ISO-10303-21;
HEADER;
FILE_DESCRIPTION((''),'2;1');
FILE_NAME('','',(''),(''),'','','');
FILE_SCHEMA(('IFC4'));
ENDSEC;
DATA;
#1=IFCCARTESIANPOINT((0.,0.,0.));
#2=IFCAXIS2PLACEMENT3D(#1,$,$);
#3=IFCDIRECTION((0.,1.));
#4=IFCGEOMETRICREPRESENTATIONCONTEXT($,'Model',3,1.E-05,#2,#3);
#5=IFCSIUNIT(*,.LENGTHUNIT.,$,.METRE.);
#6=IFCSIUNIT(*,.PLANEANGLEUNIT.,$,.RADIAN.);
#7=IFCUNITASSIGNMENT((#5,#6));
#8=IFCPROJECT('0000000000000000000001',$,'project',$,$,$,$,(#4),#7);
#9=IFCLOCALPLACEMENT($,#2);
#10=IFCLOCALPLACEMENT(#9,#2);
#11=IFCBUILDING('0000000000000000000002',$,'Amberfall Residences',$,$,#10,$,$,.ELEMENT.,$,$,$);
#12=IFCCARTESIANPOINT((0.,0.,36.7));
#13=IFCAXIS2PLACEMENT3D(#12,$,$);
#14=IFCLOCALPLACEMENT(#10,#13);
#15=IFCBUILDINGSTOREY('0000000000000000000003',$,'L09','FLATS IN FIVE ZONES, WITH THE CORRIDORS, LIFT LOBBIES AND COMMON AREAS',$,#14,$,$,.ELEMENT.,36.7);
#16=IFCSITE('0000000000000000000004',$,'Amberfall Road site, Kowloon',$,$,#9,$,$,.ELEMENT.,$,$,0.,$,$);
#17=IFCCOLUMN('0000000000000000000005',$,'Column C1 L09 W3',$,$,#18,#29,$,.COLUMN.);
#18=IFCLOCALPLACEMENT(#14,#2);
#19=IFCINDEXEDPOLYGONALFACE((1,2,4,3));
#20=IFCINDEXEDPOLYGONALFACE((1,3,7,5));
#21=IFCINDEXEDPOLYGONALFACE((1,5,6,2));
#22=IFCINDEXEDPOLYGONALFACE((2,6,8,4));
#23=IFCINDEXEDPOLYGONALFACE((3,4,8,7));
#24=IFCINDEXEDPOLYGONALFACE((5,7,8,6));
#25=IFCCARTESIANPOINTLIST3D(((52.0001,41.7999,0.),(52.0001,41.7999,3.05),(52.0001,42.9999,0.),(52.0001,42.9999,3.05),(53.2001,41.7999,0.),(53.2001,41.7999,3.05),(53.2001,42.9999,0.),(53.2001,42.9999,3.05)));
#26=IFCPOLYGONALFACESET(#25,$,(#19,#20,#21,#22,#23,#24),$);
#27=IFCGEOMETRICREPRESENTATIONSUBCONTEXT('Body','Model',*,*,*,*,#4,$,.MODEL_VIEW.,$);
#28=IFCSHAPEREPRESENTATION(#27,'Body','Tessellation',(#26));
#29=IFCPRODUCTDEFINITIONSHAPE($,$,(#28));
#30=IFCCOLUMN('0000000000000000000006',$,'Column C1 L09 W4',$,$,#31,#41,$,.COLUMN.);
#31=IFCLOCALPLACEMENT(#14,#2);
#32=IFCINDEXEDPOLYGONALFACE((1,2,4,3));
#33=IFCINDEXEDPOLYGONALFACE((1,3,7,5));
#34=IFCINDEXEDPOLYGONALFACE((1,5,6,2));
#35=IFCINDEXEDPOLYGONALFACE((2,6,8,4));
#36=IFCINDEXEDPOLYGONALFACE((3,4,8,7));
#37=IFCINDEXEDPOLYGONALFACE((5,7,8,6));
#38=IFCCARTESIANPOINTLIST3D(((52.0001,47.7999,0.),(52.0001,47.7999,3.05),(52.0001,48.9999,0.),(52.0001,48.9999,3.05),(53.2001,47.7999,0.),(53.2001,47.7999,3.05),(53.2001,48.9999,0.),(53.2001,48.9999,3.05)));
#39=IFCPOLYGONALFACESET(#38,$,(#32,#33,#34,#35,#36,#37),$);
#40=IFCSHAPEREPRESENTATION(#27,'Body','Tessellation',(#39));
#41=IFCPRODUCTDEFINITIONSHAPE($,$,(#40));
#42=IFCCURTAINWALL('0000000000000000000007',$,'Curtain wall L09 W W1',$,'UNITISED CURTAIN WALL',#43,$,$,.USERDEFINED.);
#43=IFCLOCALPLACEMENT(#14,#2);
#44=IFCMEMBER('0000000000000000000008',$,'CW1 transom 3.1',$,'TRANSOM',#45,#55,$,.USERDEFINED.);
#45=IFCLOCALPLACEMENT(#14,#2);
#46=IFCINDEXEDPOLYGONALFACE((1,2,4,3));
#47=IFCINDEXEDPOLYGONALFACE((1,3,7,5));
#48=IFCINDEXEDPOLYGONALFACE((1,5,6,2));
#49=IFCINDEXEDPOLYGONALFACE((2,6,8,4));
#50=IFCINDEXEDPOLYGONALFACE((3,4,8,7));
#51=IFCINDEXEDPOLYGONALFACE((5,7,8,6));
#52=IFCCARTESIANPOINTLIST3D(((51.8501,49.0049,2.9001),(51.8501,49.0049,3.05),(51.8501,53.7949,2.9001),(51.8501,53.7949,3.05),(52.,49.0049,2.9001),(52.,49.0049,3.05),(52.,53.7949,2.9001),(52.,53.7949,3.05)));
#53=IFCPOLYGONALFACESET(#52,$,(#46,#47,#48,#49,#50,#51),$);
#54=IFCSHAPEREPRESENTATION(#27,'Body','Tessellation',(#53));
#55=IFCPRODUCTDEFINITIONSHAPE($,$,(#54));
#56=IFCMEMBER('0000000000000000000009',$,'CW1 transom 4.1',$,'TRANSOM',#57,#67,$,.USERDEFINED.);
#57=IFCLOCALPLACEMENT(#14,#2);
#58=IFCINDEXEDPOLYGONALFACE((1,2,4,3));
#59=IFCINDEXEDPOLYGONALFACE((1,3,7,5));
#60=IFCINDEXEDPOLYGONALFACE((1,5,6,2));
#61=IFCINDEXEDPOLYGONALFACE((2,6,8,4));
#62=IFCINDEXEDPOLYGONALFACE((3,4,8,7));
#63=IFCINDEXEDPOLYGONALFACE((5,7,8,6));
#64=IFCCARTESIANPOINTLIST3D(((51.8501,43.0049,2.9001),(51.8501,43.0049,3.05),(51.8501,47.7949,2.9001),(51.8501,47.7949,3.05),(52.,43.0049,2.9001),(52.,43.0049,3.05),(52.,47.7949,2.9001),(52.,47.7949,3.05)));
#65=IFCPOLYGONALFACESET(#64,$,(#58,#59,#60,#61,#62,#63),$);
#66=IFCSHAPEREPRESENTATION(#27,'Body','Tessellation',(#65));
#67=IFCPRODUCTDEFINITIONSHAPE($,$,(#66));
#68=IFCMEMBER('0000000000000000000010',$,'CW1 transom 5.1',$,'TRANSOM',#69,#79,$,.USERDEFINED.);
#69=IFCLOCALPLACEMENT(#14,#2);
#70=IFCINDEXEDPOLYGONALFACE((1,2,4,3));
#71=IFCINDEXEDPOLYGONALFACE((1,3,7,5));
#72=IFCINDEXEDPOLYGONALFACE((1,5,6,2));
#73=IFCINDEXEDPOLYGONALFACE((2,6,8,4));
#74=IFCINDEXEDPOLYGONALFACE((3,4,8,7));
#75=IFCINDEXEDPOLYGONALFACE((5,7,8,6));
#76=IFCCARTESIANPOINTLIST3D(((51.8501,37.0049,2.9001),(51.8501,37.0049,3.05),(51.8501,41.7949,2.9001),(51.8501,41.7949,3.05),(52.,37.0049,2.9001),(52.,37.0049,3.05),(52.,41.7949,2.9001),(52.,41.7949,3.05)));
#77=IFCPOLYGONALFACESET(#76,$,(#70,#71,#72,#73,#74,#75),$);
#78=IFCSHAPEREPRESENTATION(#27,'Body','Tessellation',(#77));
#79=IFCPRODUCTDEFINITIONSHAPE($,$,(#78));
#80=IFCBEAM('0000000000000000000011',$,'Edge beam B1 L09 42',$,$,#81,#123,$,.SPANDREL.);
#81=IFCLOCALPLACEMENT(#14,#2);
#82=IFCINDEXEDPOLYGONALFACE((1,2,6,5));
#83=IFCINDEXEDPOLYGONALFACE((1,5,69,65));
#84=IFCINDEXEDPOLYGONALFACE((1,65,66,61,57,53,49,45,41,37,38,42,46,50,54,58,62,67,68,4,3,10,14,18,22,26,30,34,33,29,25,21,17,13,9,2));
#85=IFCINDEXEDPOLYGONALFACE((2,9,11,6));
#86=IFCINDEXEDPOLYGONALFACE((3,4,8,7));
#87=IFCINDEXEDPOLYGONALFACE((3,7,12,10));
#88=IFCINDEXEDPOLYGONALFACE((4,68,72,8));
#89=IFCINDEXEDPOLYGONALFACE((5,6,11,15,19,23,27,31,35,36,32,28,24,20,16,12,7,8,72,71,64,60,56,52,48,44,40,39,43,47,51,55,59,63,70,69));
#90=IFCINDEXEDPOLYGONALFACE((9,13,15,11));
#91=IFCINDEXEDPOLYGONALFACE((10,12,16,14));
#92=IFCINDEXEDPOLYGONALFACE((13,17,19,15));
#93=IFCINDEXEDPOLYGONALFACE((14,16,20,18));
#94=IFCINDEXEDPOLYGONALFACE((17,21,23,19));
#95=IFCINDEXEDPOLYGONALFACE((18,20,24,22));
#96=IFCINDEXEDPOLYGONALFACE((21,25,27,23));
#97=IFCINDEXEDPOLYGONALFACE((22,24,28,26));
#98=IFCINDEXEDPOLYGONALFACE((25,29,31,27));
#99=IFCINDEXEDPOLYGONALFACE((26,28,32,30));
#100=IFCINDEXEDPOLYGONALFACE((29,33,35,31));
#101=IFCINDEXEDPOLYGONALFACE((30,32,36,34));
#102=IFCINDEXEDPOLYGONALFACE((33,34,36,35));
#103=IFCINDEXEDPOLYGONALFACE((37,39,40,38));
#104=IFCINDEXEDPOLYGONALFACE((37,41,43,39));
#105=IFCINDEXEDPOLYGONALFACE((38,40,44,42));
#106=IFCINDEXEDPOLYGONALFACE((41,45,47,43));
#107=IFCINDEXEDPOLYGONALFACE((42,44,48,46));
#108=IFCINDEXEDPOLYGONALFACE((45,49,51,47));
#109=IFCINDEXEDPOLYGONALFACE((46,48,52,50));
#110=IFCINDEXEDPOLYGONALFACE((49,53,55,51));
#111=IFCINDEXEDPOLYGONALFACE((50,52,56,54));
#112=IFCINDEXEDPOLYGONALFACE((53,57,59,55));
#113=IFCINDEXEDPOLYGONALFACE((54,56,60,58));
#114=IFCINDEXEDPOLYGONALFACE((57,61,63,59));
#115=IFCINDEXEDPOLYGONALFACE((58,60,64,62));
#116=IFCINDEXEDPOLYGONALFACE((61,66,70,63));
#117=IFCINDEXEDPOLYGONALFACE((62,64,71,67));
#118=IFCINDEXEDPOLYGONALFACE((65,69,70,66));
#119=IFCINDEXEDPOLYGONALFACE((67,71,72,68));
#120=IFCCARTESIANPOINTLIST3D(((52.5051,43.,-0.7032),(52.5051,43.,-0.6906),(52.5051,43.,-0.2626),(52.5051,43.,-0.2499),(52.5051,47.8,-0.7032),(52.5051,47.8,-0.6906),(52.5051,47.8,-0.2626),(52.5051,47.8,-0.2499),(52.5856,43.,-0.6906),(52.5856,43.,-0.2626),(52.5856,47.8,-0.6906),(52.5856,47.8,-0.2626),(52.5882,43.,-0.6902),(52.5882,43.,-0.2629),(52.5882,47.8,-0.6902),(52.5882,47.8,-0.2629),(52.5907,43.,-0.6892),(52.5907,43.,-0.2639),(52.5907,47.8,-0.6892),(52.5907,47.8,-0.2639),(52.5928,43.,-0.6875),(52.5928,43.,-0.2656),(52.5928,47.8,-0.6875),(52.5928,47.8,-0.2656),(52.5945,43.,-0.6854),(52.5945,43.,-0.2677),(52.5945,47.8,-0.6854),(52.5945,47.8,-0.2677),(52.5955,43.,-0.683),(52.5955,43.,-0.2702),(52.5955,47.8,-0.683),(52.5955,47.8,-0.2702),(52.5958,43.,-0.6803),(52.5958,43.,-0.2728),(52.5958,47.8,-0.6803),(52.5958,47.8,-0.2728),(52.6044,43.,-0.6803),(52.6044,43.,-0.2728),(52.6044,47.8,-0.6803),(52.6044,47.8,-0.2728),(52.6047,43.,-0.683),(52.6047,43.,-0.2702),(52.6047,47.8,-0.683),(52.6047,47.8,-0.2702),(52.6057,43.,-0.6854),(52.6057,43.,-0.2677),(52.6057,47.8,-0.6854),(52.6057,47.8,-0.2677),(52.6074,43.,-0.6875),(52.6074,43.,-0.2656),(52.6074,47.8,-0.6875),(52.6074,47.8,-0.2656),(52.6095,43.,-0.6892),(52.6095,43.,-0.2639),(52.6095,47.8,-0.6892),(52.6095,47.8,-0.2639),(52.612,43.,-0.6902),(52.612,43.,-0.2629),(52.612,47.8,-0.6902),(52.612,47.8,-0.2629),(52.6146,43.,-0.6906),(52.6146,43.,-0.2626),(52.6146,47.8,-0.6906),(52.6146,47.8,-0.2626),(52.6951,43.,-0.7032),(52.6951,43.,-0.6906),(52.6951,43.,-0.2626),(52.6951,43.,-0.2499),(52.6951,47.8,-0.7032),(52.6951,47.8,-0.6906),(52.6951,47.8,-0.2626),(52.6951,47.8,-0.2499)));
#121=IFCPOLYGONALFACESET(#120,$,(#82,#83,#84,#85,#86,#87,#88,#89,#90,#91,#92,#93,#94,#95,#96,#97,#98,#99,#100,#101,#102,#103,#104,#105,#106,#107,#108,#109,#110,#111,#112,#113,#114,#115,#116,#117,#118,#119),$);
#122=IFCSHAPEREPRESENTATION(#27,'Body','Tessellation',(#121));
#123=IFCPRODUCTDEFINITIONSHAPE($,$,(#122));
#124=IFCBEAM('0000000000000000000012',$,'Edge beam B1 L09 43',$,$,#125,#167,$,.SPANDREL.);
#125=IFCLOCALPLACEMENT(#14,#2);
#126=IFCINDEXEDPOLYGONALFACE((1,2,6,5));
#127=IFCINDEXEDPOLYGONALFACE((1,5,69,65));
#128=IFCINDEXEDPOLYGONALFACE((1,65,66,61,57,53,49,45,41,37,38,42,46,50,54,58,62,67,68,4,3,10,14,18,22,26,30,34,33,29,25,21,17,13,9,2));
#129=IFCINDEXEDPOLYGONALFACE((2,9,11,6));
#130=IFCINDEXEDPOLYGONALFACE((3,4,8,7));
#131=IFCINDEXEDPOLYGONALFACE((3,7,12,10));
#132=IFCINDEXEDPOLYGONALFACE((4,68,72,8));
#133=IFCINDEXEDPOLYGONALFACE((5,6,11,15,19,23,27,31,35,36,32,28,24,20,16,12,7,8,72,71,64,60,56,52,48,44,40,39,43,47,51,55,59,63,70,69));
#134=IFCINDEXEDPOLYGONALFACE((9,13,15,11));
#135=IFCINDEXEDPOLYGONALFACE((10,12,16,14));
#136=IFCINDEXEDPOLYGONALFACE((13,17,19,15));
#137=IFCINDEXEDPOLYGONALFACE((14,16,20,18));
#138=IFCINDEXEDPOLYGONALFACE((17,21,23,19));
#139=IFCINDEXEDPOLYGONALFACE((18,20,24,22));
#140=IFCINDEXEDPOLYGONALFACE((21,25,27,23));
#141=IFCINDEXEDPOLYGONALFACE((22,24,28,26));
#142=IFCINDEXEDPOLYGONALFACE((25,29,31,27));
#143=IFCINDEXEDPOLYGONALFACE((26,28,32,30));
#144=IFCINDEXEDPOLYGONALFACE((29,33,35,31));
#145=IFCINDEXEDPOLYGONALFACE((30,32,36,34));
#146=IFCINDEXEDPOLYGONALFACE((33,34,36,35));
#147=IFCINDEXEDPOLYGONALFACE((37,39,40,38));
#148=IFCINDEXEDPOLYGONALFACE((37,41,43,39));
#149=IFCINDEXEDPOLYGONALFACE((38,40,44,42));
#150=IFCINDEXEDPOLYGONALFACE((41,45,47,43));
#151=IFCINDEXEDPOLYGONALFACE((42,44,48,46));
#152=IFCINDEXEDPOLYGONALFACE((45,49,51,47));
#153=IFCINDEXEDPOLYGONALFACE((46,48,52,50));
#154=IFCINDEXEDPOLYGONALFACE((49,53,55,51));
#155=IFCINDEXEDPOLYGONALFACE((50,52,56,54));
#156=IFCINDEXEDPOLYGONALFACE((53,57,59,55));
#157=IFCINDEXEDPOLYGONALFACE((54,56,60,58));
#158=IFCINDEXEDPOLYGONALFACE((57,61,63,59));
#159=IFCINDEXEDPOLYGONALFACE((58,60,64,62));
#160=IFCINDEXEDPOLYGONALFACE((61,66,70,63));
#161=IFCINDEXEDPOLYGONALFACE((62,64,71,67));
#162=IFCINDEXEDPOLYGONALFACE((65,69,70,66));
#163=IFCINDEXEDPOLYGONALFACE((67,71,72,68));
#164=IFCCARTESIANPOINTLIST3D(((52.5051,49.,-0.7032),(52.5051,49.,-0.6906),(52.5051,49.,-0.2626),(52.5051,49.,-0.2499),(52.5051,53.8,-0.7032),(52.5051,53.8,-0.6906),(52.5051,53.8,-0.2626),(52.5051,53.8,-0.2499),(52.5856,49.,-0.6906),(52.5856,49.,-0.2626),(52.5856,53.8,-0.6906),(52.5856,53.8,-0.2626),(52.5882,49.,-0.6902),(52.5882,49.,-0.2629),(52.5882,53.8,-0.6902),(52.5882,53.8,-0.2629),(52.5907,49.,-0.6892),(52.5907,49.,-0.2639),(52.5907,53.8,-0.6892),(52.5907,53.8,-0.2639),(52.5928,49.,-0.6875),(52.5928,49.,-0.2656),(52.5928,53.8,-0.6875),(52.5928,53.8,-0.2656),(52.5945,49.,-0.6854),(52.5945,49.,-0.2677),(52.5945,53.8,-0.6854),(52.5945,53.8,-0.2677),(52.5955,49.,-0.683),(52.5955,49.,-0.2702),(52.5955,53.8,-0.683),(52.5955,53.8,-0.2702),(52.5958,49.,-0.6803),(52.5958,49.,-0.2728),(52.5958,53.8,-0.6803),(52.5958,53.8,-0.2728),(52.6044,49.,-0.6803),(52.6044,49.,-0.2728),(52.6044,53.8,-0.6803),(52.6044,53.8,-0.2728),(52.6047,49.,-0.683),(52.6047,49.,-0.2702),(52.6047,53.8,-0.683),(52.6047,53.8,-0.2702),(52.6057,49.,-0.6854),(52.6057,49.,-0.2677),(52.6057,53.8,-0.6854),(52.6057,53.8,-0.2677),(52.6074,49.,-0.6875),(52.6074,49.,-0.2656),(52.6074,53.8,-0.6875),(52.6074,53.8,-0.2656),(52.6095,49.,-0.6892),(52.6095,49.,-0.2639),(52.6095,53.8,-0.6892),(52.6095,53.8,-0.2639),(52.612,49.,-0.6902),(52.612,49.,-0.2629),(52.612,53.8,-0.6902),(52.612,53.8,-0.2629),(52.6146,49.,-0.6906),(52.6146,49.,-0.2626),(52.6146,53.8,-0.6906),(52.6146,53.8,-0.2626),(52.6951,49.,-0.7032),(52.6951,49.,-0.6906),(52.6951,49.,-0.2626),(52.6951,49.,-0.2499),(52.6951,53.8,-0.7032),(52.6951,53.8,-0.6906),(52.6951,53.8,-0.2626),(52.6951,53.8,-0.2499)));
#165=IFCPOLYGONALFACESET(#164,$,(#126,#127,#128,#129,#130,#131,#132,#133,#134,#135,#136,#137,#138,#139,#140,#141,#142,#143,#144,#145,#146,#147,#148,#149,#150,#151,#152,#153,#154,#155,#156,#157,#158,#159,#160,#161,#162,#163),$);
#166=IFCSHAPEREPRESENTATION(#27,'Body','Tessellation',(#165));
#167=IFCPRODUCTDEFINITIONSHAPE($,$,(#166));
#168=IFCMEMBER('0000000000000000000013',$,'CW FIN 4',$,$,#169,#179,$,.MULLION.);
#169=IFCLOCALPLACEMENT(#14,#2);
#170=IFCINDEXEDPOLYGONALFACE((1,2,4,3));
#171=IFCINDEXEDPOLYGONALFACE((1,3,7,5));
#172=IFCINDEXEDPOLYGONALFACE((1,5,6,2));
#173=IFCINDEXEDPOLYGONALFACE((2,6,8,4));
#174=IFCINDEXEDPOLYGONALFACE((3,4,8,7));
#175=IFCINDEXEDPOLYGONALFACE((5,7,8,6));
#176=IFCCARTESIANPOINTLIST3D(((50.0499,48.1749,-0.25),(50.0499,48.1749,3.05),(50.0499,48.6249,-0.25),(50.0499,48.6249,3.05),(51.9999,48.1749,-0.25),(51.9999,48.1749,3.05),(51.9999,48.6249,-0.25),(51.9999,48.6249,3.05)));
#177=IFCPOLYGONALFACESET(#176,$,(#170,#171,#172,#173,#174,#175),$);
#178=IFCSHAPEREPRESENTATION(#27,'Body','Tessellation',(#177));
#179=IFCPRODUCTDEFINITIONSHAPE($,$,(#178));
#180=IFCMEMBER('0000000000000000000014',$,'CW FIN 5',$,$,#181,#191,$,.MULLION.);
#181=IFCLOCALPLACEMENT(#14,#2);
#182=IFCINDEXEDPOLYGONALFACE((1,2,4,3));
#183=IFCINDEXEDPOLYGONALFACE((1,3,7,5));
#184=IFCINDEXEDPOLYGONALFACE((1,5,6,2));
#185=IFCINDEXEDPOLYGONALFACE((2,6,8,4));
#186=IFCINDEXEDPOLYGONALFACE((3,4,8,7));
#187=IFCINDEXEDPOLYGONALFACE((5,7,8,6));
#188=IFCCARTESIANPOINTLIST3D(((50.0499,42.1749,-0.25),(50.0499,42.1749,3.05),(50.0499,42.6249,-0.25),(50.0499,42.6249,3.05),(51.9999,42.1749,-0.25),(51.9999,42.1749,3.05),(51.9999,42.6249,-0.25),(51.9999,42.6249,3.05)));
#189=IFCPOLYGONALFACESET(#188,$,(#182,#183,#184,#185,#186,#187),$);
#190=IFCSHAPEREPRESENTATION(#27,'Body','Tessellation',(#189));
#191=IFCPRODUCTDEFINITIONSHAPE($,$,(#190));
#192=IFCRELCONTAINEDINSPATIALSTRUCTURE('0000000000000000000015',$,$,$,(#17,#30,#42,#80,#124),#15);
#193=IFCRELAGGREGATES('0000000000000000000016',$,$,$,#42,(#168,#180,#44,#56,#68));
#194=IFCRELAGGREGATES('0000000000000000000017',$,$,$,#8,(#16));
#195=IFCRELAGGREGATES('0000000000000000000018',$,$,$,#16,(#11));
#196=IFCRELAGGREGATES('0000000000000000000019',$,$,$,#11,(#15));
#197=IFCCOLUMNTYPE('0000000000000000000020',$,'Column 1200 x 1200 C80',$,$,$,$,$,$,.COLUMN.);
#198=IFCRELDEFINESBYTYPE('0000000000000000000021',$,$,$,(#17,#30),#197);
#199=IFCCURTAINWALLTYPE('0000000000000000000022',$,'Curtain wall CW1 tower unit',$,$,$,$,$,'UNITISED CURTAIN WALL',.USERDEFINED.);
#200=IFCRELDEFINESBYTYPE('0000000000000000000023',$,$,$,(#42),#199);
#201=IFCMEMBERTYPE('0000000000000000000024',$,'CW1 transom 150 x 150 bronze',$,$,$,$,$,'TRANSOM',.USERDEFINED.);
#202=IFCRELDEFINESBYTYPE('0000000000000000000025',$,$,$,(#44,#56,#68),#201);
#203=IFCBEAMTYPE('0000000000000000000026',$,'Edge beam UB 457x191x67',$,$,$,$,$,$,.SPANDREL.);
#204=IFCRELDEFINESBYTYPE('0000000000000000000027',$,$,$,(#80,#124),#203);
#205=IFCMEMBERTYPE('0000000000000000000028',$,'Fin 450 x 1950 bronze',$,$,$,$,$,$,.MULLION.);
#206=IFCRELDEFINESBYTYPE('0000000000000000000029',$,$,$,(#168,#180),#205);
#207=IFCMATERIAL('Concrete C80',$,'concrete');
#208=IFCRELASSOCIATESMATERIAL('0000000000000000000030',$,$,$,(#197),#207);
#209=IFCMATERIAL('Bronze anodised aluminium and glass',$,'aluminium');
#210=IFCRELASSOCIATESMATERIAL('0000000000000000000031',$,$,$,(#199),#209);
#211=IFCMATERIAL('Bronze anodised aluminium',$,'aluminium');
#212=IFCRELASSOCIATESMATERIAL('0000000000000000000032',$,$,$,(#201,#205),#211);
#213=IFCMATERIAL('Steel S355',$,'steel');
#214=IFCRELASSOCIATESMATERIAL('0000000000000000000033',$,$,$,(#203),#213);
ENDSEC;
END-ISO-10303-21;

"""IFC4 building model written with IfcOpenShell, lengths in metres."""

from ifc_helpers import new_model, si_unit, direction, frame, origin, origin_2d, place, context, subcontext, project, spatial, rectangle, i_section, extrude, material, material_profile, profile_set, type_object, element, aggregate, save


model = new_model("IFC4")

# Units and contexts
model_context = context("Model", 3, precision=1e-05, world=origin(), true_north=direction((0.0, 1.0)))
body_context = subcontext(model_context, "Body", "Model", "MODEL_VIEW")
ifc_project = project(units=[si_unit("LENGTHUNIT", "METRE"), si_unit("PLANEANGLEUNIT", "RADIAN")], contexts=[model_context])

# Site, building, storey
site_placement = place(None, origin())
site = spatial("IfcSite", under=ifc_project, at=site_placement, Name="Amberfall Road site, Kowloon", CompositionType="ELEMENT", RefElevation=0.0)
building_placement = place(site_placement, origin())
building = spatial("IfcBuilding", under=site, at=building_placement, Name="Amberfall Residences", CompositionType="ELEMENT")
storey_placement = place(building_placement, frame((0.0, 0.0, 36.7)))
storey = spatial("IfcBuildingStorey", under=building, at=storey_placement, Name="L09", Description="FLATS IN FIVE ZONES, WITH THE CORRIDORS, LIFT LOBBIES AND COMMON AREAS", CompositionType="ELEMENT", Elevation=36.7)

# Columns
ifc_material_1 = material(Name="Concrete C80", Category="concrete")
ifc_material_profile_1 = material_profile(ifc_material_1, rectangle(XDim=1.2, YDim=1.2, at=origin_2d()), Name="Column 1200 x 1200 C80")
ifc_profile_set_1 = profile_set([ifc_material_profile_1], Name="Concrete C80")
column_type = type_object("IfcColumnType", Name="Column 1200 x 1200 C80", PredefinedType="COLUMN", material=ifc_profile_set_1)
for number, where, z_axis, x_axis, name in (
    (1, (52.6001, 42.3999, 0.0), (0.0, 0.0, 1.0), (1.0, 0.0, 0.0), "Column C1 L09 W3"),
    (2, (52.6001, 48.3999, 0.0), (0.0, 0.0, 1.0), (1.0, 0.0, 0.0), "Column C1 L09 W4"),
):
    element("IfcColumn", number, at=place(storey_placement, frame(where, z_axis=z_axis, x_axis=x_axis)), inside=storey, type_object=column_type, Name=name, PredefinedType="COLUMN", context=body_context, shape_type="SweptSolid", body=[
        extrude(rectangle(XDim=1.2, YDim=1.2, at=origin_2d()), origin(), (0.0, 0.0, 1.0), 3.05),
    ])

# Curtain wall, members
ifc_material_2 = material(Name="Bronze anodised aluminium and glass", Category="aluminium")
curtain_wall_type = type_object("IfcCurtainWallType", Name="Curtain wall CW1 tower unit", ElementType="UNITISED CURTAIN WALL", PredefinedType="USERDEFINED", material=ifc_material_2)
curtain_wall_placement = place(storey_placement, origin())
curtain_wall = element("IfcCurtainWall", 3, at=curtain_wall_placement, inside=storey, type_object=curtain_wall_type, Name="Curtain wall L09 W W1", ObjectType="UNITISED CURTAIN WALL", PredefinedType="USERDEFINED")
ifc_material_3 = material(Name="Bronze anodised aluminium", Category="aluminium")
ifc_material_profile_2 = material_profile(ifc_material_3, rectangle(XDim=0.1499, YDim=0.1499, at=origin_2d()), Name="CW1 transom 150 x 150 bronze")
ifc_profile_set_2 = profile_set([ifc_material_profile_2], Name="Bronze anodised aluminium")
member_type_1 = type_object("IfcMemberType", Name="CW1 transom 150 x 150 bronze", ElementType="TRANSOM", PredefinedType="USERDEFINED", material=ifc_profile_set_2)
member_1_placement = place(storey_placement, frame((51.925, 53.7949, 2.9751), z_axis=(0.0, -1.0, 0.0), x_axis=(1.0, 0.0, 0.0)))
member_1 = element("IfcMember", 4, at=member_1_placement, type_object=member_type_1, Name="CW1 transom 3.1", ObjectType="TRANSOM", PredefinedType="USERDEFINED", context=body_context, shape_type="SweptSolid", body=[
    extrude(rectangle(XDim=0.1499, YDim=0.1499, at=origin_2d()), origin(), (0.0, 0.0, 1.0), 4.79),
])
member_2_placement = place(storey_placement, frame((51.925, 47.7949, 2.9751), z_axis=(0.0, -1.0, 0.0), x_axis=(1.0, 0.0, 0.0)))
member_2 = element("IfcMember", 5, at=member_2_placement, type_object=member_type_1, Name="CW1 transom 4.1", ObjectType="TRANSOM", PredefinedType="USERDEFINED", context=body_context, shape_type="SweptSolid", body=[
    extrude(rectangle(XDim=0.1499, YDim=0.1499, at=origin_2d()), origin(), (0.0, 0.0, 1.0), 4.79),
])
member_3_placement = place(storey_placement, frame((51.925, 41.7949, 2.9751), z_axis=(0.0, -1.0, 0.0), x_axis=(1.0, 0.0, 0.0)))
member_3 = element("IfcMember", 6, at=member_3_placement, type_object=member_type_1, Name="CW1 transom 5.1", ObjectType="TRANSOM", PredefinedType="USERDEFINED", context=body_context, shape_type="SweptSolid", body=[
    extrude(rectangle(XDim=0.1499, YDim=0.1499, at=origin_2d()), origin(), (0.0, 0.0, 1.0), 4.79),
])

# Beams
ifc_material_4 = material(Name="Steel S355", Category="steel")
ifc_material_profile_3 = material_profile(ifc_material_4, i_section(OverallWidth=0.1899, OverallDepth=0.4534, WebThickness=0.0085, FlangeThickness=0.0127, FilletRadius=0.0103, at=origin_2d()), Name="UB 457x191x67")
ifc_profile_set_3 = profile_set([ifc_material_profile_3], Name="Steel S355")
beam_type_1 = type_object("IfcBeamType", Name="Edge beam UB 457x191x67", PredefinedType="SPANDREL", material=ifc_profile_set_3)
for number, where, z_axis, x_axis, name in (
    (7, (52.6001, 43.0, -0.4766), (0.0, 1.0, 0.0), (-1.0, 0.0, 0.0), "Edge beam B1 L09 42"),
    (8, (52.6001, 49.0, -0.4766), (0.0, 1.0, 0.0), (-1.0, 0.0, 0.0), "Edge beam B1 L09 43"),
):
    element("IfcBeam", number, at=place(storey_placement, frame(where, z_axis=z_axis, x_axis=x_axis)), inside=storey, type_object=beam_type_1, Name=name, PredefinedType="SPANDREL", context=body_context, shape_type="SweptSolid", body=[
        extrude(i_section(OverallWidth=0.1899, OverallDepth=0.4534, WebThickness=0.0085, FlangeThickness=0.0127, FilletRadius=0.0103, at=origin_2d()), origin(), (0.0, 0.0, 1.0), 4.8),
    ])

# Members
ifc_material_profile_4 = material_profile(ifc_material_3, rectangle(XDim=1.95, YDim=0.45, at=origin_2d()), Name="Fin 450 x 1950 bronze")
ifc_profile_set_4 = profile_set([ifc_material_profile_4], Name="Bronze anodised aluminium")
member_type_2 = type_object("IfcMemberType", Name="Fin 450 x 1950 bronze", PredefinedType="MULLION", material=ifc_profile_set_4)
member_4_placement = place(storey_placement, frame((51.0249, 48.3999, -0.25), z_axis=(0.0, 0.0, 1.0), x_axis=(1.0, 0.0, 0.0)))
member_4 = element("IfcMember", 9, at=member_4_placement, type_object=member_type_2, Name="CW FIN 4", PredefinedType="MULLION", context=body_context, shape_type="SweptSolid", body=[
    extrude(rectangle(XDim=1.95, YDim=0.45, at=origin_2d()), origin(), (0.0, 0.0, 1.0), 3.3),
])
member_5_placement = place(storey_placement, frame((51.0249, 42.3999, -0.25), z_axis=(0.0, 0.0, 1.0), x_axis=(1.0, 0.0, 0.0)))
member_5 = element("IfcMember", 10, at=member_5_placement, type_object=member_type_2, Name="CW FIN 5", PredefinedType="MULLION", context=body_context, shape_type="SweptSolid", body=[
    extrude(rectangle(XDim=1.95, YDim=0.45, at=origin_2d()), origin(), (0.0, 0.0, 1.0), 3.3),
])

aggregate(curtain_wall, [member_4, member_5, member_1, member_2, member_3])

save(model, "model.ifc")
